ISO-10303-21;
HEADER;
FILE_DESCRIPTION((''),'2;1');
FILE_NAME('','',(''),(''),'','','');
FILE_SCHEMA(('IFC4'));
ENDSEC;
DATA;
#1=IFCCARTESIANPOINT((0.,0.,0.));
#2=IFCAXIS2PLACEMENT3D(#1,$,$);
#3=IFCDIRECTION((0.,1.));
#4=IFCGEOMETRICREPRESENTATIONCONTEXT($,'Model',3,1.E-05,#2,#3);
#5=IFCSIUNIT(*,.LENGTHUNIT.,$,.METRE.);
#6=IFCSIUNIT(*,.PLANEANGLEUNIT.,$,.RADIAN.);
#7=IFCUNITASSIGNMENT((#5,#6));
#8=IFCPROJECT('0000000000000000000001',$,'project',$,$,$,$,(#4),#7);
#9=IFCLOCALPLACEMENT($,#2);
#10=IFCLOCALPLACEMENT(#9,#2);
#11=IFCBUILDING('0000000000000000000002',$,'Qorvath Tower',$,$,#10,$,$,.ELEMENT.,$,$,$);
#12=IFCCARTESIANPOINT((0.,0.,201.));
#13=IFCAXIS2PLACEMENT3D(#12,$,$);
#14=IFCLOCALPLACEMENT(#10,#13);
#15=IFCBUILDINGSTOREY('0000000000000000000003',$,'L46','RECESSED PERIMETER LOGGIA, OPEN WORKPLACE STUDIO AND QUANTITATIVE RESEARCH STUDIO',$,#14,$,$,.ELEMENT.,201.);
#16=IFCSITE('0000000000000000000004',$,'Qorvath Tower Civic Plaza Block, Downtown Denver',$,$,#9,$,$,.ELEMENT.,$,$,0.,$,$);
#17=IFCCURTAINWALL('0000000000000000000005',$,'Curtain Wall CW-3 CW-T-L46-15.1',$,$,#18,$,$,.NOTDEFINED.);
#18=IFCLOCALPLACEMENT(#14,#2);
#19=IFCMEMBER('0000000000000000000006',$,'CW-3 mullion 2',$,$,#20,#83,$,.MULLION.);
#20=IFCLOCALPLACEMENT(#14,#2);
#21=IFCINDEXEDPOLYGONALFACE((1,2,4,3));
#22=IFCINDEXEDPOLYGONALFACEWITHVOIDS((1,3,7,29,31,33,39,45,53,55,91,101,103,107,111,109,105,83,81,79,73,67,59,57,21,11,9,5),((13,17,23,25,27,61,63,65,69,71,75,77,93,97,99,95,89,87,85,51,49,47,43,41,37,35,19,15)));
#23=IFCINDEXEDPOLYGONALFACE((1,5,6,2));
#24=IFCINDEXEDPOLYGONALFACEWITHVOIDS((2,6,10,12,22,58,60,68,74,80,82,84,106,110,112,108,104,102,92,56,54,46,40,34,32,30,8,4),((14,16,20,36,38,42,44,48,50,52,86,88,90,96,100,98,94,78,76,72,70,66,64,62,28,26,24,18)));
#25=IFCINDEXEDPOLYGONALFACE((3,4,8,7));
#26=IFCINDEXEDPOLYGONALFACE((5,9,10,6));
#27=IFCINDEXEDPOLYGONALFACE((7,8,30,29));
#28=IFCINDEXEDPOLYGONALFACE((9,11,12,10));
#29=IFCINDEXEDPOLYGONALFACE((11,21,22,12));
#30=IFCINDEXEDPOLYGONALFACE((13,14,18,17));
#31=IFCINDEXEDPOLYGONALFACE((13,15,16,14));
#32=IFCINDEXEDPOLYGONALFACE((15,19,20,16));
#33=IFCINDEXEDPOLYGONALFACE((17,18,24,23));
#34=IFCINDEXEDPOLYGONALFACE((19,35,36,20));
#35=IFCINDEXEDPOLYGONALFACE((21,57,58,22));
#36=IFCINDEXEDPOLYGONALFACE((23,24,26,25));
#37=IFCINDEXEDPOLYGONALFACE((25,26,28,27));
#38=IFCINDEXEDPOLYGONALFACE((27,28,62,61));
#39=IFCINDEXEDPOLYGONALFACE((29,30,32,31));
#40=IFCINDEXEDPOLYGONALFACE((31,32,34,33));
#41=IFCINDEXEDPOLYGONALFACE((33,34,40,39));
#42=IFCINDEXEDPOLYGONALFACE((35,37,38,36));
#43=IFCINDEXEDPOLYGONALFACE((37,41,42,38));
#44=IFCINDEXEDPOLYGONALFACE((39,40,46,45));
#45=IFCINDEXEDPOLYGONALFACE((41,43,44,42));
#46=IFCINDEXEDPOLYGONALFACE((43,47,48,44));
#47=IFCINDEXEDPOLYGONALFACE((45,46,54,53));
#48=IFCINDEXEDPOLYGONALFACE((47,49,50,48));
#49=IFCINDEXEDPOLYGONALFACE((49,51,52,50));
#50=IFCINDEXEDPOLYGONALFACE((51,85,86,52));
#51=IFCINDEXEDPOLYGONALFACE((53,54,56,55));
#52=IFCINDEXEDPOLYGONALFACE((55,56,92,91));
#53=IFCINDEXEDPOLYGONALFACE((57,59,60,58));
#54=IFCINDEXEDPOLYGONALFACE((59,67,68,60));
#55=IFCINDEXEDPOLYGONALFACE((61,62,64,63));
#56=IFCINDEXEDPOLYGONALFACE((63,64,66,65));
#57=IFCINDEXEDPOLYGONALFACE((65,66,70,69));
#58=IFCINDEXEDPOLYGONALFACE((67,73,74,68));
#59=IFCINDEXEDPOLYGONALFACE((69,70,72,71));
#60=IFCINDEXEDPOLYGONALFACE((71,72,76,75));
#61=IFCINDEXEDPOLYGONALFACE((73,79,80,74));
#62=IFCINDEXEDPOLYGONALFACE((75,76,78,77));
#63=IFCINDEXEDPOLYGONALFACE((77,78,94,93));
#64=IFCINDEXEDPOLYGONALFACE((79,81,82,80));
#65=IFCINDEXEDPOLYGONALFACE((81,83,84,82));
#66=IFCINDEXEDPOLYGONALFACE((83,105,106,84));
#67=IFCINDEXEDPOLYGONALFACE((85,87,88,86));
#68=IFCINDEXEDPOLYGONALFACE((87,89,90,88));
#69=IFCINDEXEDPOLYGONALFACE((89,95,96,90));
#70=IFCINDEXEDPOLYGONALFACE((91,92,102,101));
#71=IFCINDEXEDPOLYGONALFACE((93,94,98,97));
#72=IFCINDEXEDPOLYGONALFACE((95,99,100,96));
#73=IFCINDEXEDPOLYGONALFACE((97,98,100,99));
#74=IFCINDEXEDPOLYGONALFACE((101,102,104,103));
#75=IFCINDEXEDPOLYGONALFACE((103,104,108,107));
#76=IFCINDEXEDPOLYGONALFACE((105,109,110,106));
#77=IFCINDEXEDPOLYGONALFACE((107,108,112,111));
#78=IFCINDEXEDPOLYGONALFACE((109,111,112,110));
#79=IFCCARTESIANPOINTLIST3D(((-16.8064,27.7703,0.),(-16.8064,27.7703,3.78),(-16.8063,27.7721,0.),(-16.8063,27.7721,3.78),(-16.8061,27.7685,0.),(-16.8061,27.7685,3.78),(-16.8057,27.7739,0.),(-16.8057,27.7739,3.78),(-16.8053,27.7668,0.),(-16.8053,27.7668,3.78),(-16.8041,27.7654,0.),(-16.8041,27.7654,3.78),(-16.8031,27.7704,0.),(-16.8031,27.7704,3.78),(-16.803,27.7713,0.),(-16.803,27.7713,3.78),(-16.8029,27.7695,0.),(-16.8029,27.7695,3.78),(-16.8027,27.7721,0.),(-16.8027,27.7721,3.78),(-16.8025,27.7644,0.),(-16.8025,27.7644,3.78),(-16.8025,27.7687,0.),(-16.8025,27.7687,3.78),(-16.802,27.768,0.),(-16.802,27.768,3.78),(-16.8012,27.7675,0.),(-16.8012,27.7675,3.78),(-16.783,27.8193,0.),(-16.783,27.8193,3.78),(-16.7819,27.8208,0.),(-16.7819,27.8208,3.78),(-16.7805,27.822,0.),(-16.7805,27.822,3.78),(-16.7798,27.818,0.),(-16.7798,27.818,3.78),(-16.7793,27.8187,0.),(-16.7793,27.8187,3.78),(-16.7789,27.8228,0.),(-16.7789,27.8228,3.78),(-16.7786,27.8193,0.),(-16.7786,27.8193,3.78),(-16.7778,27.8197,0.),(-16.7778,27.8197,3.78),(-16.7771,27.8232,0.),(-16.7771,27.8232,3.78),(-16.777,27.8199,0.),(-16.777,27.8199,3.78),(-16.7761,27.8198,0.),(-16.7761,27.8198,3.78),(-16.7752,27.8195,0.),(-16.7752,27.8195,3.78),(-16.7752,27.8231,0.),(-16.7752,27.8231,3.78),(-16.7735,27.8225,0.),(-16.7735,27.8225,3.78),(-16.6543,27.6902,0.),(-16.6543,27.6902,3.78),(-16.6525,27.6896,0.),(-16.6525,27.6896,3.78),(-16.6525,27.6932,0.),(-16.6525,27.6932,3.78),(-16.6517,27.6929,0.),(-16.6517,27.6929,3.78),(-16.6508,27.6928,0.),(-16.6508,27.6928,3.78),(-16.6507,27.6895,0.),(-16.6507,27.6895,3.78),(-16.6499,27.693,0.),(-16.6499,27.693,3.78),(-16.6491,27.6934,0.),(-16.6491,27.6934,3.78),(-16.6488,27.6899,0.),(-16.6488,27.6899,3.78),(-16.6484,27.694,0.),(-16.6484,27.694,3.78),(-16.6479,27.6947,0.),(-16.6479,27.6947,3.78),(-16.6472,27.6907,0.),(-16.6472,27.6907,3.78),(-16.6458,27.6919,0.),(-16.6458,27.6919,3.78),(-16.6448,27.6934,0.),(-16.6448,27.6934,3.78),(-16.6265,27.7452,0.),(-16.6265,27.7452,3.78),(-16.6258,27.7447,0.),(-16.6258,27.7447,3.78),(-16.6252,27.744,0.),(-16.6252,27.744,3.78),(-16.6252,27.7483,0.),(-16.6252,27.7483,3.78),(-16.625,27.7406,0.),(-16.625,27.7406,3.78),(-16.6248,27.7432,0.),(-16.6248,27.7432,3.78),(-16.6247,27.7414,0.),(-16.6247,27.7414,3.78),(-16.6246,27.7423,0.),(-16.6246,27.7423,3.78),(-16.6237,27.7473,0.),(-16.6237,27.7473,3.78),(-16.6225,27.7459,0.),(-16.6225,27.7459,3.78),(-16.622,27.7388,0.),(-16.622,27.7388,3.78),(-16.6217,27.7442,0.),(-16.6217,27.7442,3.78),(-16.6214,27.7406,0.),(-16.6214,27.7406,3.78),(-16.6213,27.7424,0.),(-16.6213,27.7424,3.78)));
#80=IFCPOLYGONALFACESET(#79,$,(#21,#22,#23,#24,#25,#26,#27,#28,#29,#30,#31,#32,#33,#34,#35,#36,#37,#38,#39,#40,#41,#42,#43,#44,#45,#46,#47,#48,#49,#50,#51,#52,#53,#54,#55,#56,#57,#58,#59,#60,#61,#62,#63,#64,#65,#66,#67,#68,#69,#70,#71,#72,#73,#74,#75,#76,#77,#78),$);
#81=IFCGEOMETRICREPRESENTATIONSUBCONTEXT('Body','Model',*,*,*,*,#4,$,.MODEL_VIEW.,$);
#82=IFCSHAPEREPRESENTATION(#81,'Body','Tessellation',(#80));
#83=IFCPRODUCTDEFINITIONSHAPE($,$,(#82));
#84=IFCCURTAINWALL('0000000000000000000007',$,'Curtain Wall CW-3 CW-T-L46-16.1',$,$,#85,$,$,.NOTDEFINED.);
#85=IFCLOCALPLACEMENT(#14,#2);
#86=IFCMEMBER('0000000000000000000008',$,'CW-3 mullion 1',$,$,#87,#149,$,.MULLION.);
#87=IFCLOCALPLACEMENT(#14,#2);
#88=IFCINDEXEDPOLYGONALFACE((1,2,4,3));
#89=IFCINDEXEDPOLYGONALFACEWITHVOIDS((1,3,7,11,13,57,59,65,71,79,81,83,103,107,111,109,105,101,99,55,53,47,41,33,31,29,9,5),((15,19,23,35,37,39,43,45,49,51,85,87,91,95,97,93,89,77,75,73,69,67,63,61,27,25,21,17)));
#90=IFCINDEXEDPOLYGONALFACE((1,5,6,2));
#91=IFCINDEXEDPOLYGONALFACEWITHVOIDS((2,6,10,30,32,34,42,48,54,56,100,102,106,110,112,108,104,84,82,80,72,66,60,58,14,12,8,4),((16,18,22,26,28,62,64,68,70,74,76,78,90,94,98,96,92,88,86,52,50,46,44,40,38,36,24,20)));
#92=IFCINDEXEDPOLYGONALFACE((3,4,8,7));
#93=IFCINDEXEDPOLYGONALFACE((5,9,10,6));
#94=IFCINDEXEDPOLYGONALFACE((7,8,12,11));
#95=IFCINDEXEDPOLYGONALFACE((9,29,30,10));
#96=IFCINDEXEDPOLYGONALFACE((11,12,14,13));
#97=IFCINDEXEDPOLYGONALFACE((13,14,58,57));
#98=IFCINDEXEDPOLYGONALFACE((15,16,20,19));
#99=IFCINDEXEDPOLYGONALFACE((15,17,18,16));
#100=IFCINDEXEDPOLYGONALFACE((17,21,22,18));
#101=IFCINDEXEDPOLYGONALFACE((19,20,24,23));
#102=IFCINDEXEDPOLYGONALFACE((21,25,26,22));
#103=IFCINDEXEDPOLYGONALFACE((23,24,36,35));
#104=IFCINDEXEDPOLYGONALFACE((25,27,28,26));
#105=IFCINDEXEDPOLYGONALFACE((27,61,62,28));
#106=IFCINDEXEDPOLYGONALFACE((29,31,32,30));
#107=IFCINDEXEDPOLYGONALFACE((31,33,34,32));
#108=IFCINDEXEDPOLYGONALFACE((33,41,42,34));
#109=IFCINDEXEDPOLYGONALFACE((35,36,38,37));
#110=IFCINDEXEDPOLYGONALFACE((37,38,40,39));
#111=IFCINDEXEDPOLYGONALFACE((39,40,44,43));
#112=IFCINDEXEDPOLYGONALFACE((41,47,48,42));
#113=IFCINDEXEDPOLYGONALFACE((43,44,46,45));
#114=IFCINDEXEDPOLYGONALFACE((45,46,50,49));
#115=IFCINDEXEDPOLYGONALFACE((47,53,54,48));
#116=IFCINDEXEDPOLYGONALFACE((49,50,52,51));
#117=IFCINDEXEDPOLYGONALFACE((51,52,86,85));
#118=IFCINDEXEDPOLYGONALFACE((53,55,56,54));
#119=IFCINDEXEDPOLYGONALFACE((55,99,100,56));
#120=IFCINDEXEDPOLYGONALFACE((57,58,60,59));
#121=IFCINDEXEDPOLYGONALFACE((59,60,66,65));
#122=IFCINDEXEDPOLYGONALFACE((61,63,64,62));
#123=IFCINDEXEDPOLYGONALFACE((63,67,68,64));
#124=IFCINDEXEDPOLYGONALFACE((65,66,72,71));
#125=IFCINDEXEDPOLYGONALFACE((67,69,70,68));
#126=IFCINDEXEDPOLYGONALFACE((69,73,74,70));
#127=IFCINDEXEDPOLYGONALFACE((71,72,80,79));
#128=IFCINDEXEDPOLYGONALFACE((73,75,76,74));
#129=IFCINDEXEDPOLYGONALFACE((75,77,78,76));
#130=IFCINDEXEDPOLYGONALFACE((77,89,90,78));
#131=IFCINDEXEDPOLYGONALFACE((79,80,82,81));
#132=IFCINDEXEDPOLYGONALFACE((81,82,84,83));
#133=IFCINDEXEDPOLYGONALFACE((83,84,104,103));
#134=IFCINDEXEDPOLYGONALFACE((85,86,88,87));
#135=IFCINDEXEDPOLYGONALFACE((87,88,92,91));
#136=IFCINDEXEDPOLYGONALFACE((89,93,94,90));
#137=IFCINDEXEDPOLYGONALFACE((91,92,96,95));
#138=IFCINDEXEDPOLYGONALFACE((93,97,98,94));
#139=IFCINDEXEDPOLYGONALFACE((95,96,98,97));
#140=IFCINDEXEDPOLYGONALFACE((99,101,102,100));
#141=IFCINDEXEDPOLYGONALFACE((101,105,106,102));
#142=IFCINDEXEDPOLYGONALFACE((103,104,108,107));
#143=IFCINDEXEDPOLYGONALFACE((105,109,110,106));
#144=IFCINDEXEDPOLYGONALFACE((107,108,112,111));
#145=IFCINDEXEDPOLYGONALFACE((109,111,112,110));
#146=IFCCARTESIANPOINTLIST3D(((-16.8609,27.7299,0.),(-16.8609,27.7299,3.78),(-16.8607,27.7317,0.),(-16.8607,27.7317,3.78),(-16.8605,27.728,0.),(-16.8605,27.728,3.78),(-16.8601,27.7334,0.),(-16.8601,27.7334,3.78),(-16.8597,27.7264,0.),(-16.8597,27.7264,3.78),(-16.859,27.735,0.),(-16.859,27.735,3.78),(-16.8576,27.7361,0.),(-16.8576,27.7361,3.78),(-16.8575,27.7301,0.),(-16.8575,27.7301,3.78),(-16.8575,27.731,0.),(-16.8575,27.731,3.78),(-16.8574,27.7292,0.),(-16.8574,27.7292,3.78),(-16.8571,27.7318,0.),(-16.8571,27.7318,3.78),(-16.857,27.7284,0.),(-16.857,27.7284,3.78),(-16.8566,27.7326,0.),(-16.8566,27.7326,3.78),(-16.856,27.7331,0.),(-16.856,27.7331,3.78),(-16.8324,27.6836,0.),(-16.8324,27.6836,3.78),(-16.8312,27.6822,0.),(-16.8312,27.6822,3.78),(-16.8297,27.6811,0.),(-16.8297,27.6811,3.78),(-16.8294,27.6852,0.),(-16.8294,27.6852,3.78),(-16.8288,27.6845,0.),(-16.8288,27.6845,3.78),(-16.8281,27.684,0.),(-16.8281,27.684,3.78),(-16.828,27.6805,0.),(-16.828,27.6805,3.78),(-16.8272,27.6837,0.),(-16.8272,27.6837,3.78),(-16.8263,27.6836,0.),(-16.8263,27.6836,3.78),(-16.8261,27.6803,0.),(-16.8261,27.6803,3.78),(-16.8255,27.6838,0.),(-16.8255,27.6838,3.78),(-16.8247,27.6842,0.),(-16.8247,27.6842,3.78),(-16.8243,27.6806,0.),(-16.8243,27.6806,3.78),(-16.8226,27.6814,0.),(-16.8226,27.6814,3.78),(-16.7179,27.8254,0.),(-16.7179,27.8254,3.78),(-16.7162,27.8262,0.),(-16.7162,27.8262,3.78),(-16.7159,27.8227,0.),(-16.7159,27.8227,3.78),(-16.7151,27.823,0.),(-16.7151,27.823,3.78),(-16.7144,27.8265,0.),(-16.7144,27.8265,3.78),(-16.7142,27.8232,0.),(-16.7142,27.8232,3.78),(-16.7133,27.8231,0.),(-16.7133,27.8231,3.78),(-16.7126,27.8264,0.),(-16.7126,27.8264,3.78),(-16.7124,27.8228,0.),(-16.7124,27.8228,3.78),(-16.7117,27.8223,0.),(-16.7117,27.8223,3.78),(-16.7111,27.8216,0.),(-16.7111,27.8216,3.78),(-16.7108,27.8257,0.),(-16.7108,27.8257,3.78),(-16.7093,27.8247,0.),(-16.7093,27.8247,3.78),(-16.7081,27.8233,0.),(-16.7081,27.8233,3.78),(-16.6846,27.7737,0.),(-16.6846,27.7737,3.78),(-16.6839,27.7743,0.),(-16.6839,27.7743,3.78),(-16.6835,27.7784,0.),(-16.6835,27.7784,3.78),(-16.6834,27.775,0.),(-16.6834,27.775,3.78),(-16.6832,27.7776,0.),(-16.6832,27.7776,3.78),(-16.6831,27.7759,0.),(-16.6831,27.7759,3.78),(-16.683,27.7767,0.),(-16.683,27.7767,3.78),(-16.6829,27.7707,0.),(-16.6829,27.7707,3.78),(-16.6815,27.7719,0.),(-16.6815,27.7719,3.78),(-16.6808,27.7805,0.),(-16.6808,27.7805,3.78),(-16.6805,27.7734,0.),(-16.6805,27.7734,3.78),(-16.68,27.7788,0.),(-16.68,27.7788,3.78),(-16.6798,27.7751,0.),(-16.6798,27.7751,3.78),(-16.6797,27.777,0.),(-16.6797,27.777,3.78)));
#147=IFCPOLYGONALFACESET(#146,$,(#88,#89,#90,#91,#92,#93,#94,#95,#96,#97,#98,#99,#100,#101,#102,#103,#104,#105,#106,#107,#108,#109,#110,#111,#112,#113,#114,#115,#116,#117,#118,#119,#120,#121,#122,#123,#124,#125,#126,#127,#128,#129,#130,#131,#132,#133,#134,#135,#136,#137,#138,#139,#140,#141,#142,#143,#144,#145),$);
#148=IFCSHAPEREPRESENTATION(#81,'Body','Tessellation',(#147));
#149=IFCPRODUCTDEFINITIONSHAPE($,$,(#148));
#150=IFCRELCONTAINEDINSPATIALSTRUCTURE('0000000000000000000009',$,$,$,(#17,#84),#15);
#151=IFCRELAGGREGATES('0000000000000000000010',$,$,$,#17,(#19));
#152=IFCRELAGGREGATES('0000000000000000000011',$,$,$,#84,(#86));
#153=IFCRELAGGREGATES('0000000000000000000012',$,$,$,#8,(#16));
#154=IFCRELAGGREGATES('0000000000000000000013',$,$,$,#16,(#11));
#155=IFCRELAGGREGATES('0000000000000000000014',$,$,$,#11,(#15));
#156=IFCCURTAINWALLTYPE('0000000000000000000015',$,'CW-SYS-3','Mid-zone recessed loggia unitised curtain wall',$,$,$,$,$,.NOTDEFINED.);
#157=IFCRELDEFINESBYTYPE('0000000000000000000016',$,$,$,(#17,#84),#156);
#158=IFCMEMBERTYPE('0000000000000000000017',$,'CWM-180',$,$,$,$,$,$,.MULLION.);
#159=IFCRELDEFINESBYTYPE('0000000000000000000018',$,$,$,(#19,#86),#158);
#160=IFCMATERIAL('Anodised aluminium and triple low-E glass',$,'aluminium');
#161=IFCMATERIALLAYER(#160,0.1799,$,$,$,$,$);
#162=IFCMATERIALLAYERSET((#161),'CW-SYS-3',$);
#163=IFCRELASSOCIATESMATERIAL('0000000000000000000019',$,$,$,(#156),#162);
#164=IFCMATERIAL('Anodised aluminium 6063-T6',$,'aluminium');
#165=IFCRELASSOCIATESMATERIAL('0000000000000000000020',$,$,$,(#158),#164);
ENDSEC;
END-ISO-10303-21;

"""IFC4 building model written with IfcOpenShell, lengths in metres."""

from ifc_helpers import new_model, si_unit, direction, frame, origin, origin_2d, place, context, subcontext, project, spatial, hollow_rectangle, extrude, material, layer, layer_set, material_profile, profile_set, type_object, element, aggregate, save


model = new_model("IFC4")

# Units and contexts
model_context = context("Model", 3, precision=1e-05, world=origin(), true_north=direction((0.0, 1.0)))
body_context = subcontext(model_context, "Body", "Model", "MODEL_VIEW")
ifc_project = project(units=[si_unit("LENGTHUNIT", "METRE"), si_unit("PLANEANGLEUNIT", "RADIAN")], contexts=[model_context])

# Site, building, storey
site_placement = place(None, origin())
site = spatial("IfcSite", under=ifc_project, at=site_placement, Name="Qorvath Tower Civic Plaza Block, Downtown Denver", CompositionType="ELEMENT", RefElevation=0.0)
building_placement = place(site_placement, origin())
building = spatial("IfcBuilding", under=site, at=building_placement, Name="Qorvath Tower", CompositionType="ELEMENT")
storey_placement = place(building_placement, frame((0.0, 0.0, 201.0)))
storey = spatial("IfcBuildingStorey", under=building, at=storey_placement, Name="L46", Description="RECESSED PERIMETER LOGGIA, OPEN WORKPLACE STUDIO AND QUANTITATIVE RESEARCH STUDIO", CompositionType="ELEMENT", Elevation=201.0)

# Curtain wall, member
ifc_material_1 = material(Name="Anodised aluminium and triple low-E glass", Category="aluminium")
ifc_layer_1 = layer(ifc_material_1, 0.1799)
ifc_layer_set_1 = layer_set([ifc_layer_1], Name="CW-SYS-3")
curtain_wall_type = type_object("IfcCurtainWallType", Name="CW-SYS-3", Description="Mid-zone recessed loggia unitised curtain wall", PredefinedType="NOTDEFINED", material=ifc_layer_set_1)
curtain_wall_1_placement = place(storey_placement, origin())
curtain_wall_1 = element("IfcCurtainWall", 1, at=curtain_wall_1_placement, inside=storey, type_object=curtain_wall_type, Name="Curtain Wall CW-3 CW-T-L46-15.1", PredefinedType="NOTDEFINED")
ifc_material_2 = material(Name="Anodised aluminium 6063-T6", Category="aluminium")
ifc_material_profile_1 = material_profile(ifc_material_2, hollow_rectangle(XDim=0.0649, YDim=0.1799, WallThickness=0.0034, InnerFilletRadius=0.0034, OuterFilletRadius=0.0071, at=origin_2d()), Name="CWM 180x65")
ifc_profile_set_1 = profile_set([ifc_material_profile_1], Name="Anodised aluminium 6063-T6")
member_type_1 = type_object("IfcMemberType", Name="CWM-180", PredefinedType="MULLION", material=ifc_profile_set_1)
member_1_placement = place(storey_placement, frame((-16.7139, 27.7563, 0.0), z_axis=(0.0, 0.0, 1.0), x_axis=(-0.447205, -0.894432, 0.0)))
member_1 = element("IfcMember", 2, at=member_1_placement, type_object=member_type_1, Name="CW-3 mullion 2", PredefinedType="MULLION", context=body_context, shape_type="SweptSolid", body=[
    extrude(hollow_rectangle(XDim=0.0649, YDim=0.1799, WallThickness=0.0034, InnerFilletRadius=0.0034, OuterFilletRadius=0.0071, at=origin_2d()), origin(), (0.0, 0.0, 1.0), 3.78),
])

# Curtain wall, member
curtain_wall_2_placement = place(storey_placement, origin())
curtain_wall_2 = element("IfcCurtainWall", 3, at=curtain_wall_2_placement, inside=storey, type_object=curtain_wall_type, Name="Curtain Wall CW-3 CW-T-L46-16.1", PredefinedType="NOTDEFINED")
member_2_placement = place(storey_placement, frame((-16.7703, 27.7534, 0.0), z_axis=(0.0, 0.0, 1.0), x_axis=(0.538534, -0.842604, 0.0)))
member_2 = element("IfcMember", 4, at=member_2_placement, type_object=member_type_1, Name="CW-3 mullion 1", PredefinedType="MULLION", context=body_context, shape_type="SweptSolid", body=[
    extrude(hollow_rectangle(XDim=0.0649, YDim=0.1799, WallThickness=0.0034, InnerFilletRadius=0.0034, OuterFilletRadius=0.0071, at=origin_2d()), origin(), (0.0, 0.0, 1.0), 3.78),
])

aggregate(curtain_wall_1, [member_1])
aggregate(curtain_wall_2, [member_2])

save(model, "model.ifc")
